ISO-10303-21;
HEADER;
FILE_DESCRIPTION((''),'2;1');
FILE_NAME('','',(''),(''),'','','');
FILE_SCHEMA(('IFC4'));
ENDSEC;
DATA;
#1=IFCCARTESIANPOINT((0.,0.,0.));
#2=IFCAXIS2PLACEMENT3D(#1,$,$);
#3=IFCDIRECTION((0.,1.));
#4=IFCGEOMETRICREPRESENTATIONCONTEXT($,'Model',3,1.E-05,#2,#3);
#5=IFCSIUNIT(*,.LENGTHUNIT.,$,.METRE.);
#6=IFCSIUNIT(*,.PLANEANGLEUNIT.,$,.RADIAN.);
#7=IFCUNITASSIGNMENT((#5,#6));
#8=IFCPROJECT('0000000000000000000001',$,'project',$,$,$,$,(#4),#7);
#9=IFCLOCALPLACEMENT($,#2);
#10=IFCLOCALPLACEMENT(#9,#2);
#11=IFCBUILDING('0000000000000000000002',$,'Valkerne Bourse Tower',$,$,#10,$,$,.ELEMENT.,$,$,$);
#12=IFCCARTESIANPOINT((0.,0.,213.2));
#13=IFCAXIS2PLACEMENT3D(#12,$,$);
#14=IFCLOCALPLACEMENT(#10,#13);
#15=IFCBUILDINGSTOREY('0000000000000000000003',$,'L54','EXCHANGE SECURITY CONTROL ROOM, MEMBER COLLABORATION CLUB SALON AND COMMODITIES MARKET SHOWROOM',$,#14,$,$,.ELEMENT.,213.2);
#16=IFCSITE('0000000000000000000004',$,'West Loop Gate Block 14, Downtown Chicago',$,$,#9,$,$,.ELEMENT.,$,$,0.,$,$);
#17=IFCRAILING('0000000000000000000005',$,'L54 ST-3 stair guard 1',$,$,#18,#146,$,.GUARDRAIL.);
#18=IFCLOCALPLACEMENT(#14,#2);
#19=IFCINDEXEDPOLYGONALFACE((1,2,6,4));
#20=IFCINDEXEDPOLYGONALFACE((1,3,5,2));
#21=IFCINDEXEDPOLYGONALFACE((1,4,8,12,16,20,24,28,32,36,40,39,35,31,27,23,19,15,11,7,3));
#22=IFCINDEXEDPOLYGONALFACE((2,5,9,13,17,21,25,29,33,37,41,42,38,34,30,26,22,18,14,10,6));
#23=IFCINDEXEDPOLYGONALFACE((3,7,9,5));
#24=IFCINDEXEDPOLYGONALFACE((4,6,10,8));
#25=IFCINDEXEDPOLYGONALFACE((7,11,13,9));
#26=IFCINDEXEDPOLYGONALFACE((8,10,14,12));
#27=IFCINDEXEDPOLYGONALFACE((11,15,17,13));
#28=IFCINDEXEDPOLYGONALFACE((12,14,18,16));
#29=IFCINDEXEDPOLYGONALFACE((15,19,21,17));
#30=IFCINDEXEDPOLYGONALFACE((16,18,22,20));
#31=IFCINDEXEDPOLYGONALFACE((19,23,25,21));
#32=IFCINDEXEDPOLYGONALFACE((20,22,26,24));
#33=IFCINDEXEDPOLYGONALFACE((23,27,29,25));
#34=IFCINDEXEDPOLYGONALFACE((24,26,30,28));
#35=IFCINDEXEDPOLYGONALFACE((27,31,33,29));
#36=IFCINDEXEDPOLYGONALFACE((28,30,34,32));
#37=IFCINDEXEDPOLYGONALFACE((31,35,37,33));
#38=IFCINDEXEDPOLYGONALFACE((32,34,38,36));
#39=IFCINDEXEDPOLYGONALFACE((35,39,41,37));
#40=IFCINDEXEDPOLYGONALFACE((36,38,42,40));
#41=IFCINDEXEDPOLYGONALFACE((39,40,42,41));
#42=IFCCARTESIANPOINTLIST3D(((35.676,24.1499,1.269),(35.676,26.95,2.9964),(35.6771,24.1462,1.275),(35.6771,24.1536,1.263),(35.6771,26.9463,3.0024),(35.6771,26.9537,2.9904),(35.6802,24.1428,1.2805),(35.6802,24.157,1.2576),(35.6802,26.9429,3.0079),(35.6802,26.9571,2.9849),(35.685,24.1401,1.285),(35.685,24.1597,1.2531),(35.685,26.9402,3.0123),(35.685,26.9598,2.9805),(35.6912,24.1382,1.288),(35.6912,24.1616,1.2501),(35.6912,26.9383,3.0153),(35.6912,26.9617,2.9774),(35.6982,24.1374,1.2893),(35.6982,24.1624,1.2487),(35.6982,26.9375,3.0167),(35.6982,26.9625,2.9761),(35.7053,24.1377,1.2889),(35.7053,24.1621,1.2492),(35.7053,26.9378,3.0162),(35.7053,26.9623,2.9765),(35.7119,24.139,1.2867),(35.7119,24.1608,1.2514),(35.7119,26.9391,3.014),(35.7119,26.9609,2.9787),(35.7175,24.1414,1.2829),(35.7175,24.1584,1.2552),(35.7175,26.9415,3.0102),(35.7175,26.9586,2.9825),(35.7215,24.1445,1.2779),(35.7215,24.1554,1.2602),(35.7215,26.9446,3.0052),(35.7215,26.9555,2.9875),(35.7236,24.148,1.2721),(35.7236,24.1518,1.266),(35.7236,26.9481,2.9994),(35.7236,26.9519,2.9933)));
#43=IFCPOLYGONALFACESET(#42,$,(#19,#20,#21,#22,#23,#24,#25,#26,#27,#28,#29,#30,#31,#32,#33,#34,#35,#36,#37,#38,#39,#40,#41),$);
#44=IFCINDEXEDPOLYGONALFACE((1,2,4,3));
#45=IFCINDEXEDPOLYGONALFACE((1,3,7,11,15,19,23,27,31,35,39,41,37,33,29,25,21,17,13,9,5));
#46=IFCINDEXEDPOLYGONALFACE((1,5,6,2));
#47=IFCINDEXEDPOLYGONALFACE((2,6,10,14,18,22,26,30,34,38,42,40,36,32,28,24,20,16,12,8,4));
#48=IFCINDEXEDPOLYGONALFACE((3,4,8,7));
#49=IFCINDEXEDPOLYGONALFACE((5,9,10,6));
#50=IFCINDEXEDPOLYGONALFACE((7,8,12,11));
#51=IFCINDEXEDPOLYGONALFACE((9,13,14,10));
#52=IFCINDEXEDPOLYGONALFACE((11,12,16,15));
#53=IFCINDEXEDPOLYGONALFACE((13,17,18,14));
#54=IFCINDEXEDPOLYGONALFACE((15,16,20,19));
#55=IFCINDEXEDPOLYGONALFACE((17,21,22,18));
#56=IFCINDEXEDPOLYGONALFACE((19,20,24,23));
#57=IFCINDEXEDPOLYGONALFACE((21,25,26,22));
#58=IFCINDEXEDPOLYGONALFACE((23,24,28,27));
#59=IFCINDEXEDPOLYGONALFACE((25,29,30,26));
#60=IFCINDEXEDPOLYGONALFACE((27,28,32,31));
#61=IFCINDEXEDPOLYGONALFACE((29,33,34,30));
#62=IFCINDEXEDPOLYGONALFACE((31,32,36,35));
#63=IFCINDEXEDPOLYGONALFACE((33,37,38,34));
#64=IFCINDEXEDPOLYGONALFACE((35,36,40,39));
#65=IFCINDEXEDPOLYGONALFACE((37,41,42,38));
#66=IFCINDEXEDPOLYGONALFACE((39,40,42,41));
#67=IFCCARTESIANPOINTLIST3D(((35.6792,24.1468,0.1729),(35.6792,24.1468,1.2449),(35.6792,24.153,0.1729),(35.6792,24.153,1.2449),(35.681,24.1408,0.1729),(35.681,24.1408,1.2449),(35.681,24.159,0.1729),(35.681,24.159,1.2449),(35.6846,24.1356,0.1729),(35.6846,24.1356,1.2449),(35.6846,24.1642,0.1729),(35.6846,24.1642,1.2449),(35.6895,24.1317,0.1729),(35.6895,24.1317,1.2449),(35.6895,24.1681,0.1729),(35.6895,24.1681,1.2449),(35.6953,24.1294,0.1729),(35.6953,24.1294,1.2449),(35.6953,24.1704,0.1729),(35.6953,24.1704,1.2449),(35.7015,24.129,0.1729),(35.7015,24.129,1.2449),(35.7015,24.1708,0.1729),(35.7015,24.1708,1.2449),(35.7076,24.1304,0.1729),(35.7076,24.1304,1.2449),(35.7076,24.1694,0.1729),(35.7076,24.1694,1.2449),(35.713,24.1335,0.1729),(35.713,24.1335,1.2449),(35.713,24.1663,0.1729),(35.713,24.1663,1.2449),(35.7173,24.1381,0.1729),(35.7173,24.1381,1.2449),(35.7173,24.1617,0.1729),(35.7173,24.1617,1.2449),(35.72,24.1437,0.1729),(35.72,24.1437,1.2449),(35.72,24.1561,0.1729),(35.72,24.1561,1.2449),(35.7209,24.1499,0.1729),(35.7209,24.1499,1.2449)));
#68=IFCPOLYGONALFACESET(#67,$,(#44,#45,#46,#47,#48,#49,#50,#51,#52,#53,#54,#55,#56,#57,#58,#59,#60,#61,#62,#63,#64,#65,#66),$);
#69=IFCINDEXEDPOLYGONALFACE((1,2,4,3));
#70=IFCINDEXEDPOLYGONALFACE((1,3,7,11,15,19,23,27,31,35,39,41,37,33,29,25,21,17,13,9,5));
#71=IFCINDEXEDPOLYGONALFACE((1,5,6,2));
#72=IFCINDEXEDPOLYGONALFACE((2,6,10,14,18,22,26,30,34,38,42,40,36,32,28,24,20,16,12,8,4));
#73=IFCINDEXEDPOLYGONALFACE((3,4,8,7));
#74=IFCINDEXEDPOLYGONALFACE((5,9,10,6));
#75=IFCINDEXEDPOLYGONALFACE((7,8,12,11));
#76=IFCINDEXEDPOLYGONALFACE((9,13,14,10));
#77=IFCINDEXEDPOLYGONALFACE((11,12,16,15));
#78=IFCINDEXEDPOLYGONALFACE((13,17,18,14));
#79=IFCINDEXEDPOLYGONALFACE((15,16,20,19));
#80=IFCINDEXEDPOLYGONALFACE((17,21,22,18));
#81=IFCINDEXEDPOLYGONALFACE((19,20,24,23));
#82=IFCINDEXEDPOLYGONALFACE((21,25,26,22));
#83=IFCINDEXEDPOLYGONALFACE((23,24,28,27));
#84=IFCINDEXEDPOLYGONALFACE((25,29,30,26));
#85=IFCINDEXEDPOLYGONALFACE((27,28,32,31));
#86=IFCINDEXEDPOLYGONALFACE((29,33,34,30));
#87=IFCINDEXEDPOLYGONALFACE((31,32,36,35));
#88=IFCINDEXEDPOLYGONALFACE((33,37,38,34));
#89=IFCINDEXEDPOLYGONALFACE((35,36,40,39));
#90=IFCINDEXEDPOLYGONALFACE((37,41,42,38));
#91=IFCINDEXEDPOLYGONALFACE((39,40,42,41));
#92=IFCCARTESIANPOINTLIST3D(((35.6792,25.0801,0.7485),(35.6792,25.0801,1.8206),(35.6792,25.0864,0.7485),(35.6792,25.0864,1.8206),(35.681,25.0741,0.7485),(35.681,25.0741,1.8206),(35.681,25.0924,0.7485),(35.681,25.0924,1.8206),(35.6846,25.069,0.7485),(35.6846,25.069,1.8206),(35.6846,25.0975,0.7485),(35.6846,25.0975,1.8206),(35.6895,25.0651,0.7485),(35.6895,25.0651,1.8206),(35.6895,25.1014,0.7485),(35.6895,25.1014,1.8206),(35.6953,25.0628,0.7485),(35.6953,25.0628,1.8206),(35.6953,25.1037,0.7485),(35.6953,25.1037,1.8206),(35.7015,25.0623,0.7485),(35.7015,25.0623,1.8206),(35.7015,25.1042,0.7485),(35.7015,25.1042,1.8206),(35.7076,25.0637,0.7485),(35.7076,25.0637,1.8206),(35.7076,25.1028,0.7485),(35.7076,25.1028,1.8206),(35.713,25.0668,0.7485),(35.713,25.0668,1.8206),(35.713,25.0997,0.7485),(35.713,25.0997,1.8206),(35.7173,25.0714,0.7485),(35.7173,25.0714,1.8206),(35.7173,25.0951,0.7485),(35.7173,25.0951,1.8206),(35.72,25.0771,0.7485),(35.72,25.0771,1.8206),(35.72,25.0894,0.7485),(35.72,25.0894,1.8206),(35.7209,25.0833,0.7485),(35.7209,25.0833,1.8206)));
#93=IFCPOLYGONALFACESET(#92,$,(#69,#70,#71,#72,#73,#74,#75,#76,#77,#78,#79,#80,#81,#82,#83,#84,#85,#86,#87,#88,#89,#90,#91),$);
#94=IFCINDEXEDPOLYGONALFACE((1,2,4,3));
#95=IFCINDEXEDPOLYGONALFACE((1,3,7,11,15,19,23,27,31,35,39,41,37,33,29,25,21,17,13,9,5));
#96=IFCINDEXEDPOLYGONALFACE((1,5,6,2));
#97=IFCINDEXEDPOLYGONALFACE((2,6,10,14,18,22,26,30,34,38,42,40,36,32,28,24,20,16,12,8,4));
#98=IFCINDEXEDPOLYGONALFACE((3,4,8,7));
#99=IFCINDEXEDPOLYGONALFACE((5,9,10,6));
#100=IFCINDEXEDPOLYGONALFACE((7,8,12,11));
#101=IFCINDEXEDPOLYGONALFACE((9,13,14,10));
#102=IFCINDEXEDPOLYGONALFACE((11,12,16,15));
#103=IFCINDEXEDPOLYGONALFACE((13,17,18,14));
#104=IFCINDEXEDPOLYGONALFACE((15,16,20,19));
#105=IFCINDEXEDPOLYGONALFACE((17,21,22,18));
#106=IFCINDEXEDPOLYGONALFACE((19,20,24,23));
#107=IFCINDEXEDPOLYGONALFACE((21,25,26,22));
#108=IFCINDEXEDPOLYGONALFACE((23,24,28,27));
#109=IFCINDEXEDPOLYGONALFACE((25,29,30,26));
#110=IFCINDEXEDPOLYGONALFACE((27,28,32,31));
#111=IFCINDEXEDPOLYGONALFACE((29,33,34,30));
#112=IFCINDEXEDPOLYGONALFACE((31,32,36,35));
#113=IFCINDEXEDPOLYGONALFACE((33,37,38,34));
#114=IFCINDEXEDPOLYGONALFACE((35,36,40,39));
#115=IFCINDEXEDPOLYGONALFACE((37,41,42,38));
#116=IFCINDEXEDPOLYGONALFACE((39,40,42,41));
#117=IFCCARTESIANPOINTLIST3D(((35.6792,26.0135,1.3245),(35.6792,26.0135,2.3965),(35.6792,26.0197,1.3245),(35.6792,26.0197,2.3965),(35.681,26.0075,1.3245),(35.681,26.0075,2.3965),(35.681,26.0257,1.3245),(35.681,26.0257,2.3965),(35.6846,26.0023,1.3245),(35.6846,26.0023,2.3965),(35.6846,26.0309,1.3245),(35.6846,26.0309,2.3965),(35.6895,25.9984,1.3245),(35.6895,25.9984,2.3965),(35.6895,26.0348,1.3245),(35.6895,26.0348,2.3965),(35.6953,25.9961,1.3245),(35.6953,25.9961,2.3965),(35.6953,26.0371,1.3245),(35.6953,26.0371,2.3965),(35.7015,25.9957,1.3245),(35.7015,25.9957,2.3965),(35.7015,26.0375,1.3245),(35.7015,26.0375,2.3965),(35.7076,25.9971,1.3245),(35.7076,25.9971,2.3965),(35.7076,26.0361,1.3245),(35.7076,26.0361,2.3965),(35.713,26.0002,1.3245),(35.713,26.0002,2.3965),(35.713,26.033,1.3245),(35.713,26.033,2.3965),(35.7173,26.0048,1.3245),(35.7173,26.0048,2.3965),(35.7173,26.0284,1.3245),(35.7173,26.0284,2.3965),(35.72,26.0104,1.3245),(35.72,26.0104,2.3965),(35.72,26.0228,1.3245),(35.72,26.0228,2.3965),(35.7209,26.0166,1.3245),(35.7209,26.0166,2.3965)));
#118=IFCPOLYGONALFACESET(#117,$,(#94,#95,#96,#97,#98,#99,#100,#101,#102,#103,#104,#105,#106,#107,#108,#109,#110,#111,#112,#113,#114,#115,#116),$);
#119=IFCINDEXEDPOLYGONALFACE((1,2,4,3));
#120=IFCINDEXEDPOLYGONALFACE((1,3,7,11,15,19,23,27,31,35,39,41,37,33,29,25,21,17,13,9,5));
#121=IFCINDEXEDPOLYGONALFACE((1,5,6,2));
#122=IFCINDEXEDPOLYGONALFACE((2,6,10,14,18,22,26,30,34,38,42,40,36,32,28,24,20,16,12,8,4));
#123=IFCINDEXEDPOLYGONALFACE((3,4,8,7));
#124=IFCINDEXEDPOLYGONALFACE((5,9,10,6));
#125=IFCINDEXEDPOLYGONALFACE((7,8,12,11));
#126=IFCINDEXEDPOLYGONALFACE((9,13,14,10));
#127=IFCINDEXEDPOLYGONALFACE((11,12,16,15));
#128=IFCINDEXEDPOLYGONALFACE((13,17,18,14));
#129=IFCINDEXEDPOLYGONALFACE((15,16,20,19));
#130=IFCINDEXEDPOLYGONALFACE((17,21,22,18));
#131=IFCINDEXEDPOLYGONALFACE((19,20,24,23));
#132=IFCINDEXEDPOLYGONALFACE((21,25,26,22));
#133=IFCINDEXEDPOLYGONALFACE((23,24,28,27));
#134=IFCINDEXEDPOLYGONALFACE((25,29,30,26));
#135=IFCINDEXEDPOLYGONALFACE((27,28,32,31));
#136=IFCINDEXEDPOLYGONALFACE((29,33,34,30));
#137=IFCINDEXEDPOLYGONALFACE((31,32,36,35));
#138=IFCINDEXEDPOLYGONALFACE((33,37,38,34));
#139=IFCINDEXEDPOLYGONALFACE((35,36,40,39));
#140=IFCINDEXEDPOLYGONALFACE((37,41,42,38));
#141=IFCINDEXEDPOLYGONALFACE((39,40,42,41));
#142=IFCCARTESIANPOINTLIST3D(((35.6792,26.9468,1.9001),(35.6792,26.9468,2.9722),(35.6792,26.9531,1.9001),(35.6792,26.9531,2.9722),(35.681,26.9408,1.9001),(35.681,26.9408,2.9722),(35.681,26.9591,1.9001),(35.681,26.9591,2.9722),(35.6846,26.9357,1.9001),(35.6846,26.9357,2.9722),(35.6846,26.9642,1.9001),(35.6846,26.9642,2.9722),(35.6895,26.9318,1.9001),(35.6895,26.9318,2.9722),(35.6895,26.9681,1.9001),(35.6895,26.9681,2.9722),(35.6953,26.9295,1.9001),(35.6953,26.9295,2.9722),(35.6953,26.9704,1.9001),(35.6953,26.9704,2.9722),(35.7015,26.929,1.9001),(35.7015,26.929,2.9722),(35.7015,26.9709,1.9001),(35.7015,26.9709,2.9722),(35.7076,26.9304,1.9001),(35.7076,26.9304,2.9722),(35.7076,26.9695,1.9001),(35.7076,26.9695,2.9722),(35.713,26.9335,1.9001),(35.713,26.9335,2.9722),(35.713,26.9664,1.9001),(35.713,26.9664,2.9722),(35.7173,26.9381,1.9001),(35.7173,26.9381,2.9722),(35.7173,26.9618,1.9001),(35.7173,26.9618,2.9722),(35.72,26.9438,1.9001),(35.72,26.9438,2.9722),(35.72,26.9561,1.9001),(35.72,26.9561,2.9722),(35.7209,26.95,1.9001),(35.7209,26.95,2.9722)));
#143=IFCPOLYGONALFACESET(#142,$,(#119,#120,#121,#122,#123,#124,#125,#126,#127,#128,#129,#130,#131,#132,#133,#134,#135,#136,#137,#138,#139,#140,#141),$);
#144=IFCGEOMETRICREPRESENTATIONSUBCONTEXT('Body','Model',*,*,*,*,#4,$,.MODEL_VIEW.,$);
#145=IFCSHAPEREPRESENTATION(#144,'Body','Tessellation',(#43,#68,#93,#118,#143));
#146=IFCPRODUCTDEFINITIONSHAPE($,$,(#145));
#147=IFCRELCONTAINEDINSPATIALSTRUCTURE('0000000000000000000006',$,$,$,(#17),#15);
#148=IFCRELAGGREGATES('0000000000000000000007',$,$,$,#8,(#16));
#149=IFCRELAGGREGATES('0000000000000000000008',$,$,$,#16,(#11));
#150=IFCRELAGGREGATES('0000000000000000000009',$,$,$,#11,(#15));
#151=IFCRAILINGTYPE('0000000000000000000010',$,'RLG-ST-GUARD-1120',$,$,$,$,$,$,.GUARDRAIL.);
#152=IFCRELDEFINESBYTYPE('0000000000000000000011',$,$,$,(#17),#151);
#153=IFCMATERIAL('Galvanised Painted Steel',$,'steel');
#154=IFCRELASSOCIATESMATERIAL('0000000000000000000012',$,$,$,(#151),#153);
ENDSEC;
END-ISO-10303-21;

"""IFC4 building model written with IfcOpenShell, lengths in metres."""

from ifc_helpers import new_model, si_unit, direction, frame, origin, origin_2d, place, context, subcontext, project, spatial, circle, extrude, material, type_object, element, save


model = new_model("IFC4")

# Units and contexts
model_context = context("Model", 3, precision=1e-05, world=origin(), true_north=direction((0.0, 1.0)))
body_context = subcontext(model_context, "Body", "Model", "MODEL_VIEW")
ifc_project = project(units=[si_unit("LENGTHUNIT", "METRE"), si_unit("PLANEANGLEUNIT", "RADIAN")], contexts=[model_context])

# Site, building, storey
site_placement = place(None, origin())
site = spatial("IfcSite", under=ifc_project, at=site_placement, Name="West Loop Gate Block 14, Downtown Chicago", CompositionType="ELEMENT", RefElevation=0.0)
building_placement = place(site_placement, origin())
building = spatial("IfcBuilding", under=site, at=building_placement, Name="Valkerne Bourse Tower", CompositionType="ELEMENT")
storey_placement = place(building_placement, frame((0.0, 0.0, 213.2)))
storey = spatial("IfcBuildingStorey", under=building, at=storey_placement, Name="L54", Description="EXCHANGE SECURITY CONTROL ROOM, MEMBER COLLABORATION CLUB SALON AND COMMODITIES MARKET SHOWROOM", CompositionType="ELEMENT", Elevation=213.2)

# Railing
ifc_material_1 = material(Name="Galvanised Painted Steel", Category="steel")
railing_type_1 = type_object("IfcRailingType", Name="RLG-ST-GUARD-1120", PredefinedType="GUARDRAIL", material=ifc_material_1)
railing_1_placement = place(storey_placement, frame((35.7, 24.1499, 0.1729)))
element("IfcRailing", 1, at=railing_1_placement, inside=storey, type_object=railing_type_1, Name="L54 ST-3 stair guard 1", PredefinedType="GUARDRAIL", context=body_context, shape_type="SweptSolid", body=[
    extrude(circle(Radius=0.0239, at=origin_2d()), frame((0.0, 0.0, 1.0962), z_axis=(0.0, 0.85109, 0.52502), x_axis=(-1.0, 0.0, 0.0)), (0.0, 0.0, 1.0), 3.29),
    extrude(circle(Radius=0.021, at=origin_2d()), origin(), (0.0, 0.0, 1.0), 1.072),
    extrude(circle(Radius=0.021, at=origin_2d()), frame((0.0, 0.9333, 0.5757)), (0.0, 0.0, 1.0), 1.072),
    extrude(circle(Radius=0.021, at=origin_2d()), frame((0.0, 1.8667, 1.1516)), (0.0, 0.0, 1.0), 1.072),
    extrude(circle(Radius=0.021, at=origin_2d()), frame((0.0, 2.8, 1.7273)), (0.0, 0.0, 1.0), 1.072),
])

save(model, "model.ifc")
